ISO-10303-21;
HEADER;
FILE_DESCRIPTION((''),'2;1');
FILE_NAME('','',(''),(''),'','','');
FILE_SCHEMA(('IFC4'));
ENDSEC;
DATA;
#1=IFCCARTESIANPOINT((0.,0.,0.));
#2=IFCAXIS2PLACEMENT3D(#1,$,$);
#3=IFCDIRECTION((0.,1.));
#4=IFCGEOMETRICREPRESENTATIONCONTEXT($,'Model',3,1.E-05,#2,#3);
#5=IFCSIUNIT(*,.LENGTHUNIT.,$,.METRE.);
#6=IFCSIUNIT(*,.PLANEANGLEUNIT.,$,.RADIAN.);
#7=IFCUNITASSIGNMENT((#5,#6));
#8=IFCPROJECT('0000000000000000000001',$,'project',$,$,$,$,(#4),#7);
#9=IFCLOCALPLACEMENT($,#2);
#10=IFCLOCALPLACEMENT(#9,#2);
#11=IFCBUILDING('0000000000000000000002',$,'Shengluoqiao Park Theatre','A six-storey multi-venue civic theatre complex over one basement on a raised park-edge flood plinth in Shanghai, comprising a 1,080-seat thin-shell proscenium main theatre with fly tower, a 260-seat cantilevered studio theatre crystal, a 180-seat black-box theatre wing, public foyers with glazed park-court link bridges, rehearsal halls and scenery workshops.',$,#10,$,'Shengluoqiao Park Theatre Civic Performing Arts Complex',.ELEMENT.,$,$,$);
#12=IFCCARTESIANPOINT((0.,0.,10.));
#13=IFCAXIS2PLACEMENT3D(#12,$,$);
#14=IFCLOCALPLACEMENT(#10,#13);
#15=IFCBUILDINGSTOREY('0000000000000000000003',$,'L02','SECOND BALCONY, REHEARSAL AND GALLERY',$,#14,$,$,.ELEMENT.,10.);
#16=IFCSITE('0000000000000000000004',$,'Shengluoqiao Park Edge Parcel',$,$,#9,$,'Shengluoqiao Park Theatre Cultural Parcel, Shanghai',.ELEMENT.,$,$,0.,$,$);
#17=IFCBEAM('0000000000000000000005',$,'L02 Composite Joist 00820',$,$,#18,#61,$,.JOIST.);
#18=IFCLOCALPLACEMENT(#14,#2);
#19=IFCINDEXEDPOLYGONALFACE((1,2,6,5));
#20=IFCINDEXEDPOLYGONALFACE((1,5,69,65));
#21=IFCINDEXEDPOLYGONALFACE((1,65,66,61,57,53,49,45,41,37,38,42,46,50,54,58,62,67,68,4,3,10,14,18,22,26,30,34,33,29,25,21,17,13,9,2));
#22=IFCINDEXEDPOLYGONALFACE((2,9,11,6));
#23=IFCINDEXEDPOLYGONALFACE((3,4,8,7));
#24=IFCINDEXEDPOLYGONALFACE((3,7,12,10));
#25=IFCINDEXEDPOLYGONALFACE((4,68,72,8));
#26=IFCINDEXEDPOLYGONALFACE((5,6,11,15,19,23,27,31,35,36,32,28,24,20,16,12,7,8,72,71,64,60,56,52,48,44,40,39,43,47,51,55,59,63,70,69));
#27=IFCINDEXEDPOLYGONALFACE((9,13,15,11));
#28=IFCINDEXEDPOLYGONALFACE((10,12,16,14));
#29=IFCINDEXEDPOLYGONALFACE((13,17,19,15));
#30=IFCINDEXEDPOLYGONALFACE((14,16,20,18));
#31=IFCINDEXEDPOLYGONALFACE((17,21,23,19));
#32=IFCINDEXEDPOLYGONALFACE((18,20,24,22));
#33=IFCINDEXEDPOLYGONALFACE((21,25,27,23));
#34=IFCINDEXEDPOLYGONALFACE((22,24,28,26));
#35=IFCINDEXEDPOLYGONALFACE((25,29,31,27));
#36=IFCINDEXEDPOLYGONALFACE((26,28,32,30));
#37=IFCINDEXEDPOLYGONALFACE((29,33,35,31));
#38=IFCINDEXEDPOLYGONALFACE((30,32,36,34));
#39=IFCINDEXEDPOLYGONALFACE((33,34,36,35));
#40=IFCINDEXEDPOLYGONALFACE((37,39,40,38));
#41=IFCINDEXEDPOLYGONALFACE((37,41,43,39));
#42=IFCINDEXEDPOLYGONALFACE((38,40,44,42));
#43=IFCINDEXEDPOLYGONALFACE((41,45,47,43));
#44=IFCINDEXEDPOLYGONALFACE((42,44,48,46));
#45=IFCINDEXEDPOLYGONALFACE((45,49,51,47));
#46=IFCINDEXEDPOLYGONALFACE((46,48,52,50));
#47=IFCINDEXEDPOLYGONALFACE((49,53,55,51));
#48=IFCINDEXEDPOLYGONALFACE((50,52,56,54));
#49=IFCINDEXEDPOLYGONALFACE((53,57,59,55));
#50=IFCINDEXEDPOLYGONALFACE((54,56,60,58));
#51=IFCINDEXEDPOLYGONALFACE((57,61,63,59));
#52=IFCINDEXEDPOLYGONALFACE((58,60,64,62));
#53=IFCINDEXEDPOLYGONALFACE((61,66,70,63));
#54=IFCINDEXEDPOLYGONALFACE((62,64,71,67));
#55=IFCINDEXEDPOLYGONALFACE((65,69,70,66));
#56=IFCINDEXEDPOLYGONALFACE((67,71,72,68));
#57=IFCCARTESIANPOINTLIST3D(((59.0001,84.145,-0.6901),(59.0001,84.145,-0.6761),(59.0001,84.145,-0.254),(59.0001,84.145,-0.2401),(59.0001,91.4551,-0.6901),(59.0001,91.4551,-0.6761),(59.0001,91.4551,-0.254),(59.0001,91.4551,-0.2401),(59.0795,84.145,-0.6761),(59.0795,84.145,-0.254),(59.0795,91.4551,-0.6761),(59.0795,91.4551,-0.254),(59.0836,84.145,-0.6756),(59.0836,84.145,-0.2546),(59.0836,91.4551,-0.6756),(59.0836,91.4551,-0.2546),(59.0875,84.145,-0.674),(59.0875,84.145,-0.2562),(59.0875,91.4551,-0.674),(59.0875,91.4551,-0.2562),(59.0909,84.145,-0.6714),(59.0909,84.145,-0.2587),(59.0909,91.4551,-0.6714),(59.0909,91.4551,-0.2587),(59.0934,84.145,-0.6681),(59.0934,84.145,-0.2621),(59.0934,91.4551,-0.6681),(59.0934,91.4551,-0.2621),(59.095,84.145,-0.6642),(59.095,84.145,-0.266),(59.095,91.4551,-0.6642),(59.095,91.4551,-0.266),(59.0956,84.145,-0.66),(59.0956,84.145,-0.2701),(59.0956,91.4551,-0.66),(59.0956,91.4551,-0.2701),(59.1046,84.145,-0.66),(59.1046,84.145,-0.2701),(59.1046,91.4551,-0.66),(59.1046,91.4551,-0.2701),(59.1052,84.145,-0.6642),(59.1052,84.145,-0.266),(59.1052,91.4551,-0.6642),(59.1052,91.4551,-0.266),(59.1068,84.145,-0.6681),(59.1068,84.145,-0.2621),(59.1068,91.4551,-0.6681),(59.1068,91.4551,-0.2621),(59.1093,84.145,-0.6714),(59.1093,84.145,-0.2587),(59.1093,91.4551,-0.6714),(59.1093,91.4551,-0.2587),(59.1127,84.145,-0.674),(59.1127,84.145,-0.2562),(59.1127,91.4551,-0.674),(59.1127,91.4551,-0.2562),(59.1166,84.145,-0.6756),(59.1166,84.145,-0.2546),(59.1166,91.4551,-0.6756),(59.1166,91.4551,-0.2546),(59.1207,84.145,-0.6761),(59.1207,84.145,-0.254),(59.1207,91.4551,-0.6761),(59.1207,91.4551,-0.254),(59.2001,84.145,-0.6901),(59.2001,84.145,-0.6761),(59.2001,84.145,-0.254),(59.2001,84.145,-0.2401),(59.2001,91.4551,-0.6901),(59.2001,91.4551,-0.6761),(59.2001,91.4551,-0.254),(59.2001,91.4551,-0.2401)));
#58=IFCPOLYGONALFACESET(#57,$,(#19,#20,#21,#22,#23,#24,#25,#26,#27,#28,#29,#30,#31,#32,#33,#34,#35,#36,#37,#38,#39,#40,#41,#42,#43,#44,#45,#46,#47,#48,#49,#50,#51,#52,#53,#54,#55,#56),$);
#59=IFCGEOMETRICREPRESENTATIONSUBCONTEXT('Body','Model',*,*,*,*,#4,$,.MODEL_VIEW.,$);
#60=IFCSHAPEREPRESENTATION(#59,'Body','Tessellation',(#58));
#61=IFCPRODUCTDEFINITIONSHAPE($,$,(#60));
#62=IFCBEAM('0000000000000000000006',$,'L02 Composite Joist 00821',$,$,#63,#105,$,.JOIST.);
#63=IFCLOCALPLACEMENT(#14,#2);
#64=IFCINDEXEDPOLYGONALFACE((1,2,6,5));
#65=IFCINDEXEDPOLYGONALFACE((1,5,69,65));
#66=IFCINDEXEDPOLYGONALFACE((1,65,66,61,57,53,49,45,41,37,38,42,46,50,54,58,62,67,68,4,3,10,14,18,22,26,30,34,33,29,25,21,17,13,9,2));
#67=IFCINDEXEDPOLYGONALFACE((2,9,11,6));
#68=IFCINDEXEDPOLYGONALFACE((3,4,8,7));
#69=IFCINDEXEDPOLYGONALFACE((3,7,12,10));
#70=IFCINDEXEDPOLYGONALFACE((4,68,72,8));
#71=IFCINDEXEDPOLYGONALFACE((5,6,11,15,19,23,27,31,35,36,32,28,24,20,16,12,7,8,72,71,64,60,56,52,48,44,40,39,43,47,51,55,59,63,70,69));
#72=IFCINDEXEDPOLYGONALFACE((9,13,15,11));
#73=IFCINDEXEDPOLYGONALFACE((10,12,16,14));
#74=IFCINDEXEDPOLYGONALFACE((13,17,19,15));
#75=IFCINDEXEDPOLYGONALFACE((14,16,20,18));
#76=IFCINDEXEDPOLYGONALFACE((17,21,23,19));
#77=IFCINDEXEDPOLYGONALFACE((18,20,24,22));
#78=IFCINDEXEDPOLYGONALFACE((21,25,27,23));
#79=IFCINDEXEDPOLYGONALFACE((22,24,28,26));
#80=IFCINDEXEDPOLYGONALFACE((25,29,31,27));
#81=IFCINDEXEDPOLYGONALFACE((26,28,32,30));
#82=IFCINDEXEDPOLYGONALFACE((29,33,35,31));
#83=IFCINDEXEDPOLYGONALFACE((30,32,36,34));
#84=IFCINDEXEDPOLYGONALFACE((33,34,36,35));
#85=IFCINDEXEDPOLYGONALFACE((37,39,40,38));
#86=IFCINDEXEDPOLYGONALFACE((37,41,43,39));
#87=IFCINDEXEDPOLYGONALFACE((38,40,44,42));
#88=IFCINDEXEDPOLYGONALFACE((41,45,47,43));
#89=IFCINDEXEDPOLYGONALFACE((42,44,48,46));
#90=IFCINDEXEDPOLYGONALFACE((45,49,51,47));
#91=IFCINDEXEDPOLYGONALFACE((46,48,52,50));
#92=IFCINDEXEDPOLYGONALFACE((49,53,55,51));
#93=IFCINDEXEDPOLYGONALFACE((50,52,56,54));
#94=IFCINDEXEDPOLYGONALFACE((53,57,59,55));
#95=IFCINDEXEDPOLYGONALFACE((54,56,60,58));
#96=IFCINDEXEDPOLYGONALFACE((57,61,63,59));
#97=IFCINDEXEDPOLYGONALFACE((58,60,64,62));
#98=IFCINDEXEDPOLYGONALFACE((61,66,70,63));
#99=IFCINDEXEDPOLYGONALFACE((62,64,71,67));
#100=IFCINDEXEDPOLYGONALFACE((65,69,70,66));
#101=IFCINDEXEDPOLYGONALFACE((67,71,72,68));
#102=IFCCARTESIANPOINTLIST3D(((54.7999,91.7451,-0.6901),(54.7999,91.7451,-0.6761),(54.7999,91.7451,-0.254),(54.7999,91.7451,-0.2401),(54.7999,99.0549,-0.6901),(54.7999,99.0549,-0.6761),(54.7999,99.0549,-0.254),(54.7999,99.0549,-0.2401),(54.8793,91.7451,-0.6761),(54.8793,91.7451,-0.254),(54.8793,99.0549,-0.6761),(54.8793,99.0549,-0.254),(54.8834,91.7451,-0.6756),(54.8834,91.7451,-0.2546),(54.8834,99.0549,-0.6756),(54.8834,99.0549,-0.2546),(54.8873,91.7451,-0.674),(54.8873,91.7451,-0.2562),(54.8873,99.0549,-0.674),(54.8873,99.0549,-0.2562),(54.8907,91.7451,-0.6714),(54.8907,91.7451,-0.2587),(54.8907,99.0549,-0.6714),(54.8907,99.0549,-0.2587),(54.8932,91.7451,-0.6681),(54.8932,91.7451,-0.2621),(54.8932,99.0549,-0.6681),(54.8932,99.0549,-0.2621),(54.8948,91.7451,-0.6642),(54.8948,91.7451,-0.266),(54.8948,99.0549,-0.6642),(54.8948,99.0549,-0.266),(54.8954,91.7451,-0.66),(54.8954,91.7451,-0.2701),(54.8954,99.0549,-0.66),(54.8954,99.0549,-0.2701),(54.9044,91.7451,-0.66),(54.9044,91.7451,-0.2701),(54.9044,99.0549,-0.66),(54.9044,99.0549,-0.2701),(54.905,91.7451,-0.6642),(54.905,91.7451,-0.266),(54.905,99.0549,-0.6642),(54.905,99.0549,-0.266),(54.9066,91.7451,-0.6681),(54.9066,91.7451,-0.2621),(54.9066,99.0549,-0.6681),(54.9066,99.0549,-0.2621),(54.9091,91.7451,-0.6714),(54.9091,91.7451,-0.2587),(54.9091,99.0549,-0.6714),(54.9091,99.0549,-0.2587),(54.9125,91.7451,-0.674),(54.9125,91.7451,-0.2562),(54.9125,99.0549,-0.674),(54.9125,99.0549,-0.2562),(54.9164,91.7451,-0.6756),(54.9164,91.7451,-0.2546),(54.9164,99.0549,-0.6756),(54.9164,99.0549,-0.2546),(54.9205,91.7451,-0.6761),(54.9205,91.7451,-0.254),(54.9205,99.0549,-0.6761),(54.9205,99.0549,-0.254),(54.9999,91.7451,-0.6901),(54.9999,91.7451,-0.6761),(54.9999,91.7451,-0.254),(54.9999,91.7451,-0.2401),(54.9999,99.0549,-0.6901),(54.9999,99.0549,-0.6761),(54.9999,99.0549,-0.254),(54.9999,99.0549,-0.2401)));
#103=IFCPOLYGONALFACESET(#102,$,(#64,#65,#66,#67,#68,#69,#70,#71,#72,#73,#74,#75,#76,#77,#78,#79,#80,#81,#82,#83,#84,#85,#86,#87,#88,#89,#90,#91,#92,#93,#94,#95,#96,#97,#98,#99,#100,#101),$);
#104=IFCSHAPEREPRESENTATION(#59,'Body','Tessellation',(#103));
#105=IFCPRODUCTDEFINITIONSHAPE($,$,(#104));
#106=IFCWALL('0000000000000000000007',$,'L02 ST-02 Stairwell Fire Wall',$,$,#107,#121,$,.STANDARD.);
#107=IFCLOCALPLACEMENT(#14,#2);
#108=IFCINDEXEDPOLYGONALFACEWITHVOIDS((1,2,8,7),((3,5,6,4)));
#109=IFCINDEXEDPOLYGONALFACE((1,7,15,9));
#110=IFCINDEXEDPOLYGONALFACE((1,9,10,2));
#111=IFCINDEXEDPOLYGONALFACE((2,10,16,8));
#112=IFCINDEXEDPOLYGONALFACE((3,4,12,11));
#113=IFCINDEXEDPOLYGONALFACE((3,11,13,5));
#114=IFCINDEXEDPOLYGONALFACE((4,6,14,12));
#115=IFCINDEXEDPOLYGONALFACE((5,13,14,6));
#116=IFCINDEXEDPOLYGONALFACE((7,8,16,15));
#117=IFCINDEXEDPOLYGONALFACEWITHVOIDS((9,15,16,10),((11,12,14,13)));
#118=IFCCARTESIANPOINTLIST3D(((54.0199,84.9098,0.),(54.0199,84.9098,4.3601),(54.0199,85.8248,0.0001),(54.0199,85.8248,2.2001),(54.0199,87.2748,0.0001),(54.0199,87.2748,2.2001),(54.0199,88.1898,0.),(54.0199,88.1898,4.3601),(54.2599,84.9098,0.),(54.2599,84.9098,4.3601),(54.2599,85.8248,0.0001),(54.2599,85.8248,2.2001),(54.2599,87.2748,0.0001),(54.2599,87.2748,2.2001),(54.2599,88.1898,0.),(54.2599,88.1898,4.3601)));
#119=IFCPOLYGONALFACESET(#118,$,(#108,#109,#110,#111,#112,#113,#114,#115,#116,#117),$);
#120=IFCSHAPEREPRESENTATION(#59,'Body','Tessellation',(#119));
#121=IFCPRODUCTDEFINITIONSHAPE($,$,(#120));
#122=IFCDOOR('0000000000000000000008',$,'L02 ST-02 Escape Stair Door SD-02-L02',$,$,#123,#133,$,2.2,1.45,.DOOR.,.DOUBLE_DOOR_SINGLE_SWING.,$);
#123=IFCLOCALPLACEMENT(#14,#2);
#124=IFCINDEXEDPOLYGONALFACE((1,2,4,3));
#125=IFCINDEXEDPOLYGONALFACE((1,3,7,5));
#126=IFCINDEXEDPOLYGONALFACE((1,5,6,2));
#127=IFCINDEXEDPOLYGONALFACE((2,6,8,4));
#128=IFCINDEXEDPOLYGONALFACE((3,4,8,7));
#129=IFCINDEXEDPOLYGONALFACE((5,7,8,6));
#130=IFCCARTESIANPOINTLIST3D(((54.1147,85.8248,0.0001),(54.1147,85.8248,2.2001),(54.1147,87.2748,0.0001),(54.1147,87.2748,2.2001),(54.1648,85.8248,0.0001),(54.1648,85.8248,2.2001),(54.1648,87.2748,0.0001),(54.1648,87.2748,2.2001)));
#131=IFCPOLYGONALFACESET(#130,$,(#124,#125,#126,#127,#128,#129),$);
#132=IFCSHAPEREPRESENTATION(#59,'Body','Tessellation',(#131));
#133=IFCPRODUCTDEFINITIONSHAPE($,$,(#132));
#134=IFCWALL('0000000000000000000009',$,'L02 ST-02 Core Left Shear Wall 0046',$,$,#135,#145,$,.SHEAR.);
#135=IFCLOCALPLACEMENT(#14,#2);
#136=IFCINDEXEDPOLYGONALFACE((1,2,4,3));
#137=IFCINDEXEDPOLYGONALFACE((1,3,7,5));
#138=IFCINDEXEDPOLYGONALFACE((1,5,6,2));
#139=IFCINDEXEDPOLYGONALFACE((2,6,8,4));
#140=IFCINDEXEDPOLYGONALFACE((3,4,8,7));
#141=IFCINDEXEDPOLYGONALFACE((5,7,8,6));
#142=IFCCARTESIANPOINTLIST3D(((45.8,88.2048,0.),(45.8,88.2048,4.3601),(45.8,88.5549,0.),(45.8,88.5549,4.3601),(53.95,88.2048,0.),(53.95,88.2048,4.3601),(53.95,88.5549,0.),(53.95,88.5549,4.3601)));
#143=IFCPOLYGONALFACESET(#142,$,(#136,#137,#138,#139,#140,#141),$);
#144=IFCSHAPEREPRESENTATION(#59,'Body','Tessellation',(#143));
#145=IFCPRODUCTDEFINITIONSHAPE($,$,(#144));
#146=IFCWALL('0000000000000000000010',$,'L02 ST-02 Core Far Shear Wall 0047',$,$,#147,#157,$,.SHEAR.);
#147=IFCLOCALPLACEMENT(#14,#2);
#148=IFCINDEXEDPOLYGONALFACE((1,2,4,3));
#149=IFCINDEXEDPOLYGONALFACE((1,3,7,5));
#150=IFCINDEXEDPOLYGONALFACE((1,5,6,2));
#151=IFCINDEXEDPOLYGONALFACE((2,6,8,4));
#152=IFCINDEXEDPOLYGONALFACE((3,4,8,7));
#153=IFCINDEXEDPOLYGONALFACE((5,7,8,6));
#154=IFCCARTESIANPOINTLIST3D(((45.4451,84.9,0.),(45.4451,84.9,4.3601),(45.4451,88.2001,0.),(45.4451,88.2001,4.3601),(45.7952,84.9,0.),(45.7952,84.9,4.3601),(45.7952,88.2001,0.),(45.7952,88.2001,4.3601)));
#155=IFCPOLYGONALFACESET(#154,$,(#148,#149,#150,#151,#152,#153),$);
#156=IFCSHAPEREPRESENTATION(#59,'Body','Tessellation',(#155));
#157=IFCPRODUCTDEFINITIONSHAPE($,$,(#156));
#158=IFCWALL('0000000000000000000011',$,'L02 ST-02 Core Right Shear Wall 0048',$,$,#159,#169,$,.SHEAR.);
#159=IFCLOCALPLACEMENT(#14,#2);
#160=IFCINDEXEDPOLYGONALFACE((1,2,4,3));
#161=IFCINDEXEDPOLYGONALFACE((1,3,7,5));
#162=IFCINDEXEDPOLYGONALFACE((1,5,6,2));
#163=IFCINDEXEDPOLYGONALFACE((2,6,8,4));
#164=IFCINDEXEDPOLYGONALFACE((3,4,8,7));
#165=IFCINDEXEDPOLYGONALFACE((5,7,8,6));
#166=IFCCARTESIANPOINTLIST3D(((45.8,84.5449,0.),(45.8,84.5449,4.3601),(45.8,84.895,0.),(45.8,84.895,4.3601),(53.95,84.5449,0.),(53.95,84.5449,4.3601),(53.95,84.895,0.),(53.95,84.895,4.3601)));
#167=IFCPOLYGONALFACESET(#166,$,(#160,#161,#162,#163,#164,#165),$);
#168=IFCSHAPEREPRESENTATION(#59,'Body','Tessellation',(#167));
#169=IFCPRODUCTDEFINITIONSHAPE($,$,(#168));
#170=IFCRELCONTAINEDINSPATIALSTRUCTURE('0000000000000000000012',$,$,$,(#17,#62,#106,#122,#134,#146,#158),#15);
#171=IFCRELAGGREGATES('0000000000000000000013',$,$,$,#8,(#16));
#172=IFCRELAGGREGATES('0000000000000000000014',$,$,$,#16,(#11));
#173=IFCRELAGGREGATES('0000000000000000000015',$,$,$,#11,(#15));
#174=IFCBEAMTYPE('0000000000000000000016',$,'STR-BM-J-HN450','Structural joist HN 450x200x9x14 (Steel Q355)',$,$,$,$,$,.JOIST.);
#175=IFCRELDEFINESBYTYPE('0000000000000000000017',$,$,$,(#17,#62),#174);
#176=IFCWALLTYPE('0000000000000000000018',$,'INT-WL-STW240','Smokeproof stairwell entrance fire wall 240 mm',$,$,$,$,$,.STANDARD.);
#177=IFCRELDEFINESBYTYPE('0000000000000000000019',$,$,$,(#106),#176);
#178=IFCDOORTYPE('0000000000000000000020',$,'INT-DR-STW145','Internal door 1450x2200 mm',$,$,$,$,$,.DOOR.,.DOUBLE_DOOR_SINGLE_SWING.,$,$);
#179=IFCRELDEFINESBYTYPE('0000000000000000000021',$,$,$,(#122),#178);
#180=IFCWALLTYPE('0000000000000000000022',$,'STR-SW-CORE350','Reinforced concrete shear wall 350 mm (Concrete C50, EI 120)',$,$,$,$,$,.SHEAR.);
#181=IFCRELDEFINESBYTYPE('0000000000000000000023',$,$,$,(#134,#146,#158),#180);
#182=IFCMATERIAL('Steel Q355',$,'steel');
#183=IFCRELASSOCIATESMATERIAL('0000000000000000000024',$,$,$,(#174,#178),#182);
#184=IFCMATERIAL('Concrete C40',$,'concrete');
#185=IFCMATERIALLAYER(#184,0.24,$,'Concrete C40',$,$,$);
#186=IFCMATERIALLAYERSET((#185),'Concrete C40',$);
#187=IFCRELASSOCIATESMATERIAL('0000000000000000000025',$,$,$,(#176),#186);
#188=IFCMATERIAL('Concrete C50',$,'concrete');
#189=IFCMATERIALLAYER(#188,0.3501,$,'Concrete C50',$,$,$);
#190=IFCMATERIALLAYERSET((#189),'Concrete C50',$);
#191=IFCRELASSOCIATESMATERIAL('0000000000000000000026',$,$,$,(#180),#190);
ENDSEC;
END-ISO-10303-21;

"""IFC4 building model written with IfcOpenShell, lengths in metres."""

from ifc_helpers import new_model, si_unit, direction, frame, frame_2d, origin, origin_2d, place, context, subcontext, project, spatial, rectangle, i_section, extrude, material, layer, layer_set, material_profile, profile_set, type_object, element, fill, save


model = new_model("IFC4")

# Units and contexts
model_context = context("Model", 3, precision=1e-05, world=origin(), true_north=direction((0.0, 1.0)))
body_context = subcontext(model_context, "Body", "Model", "MODEL_VIEW")
ifc_project = project(units=[si_unit("LENGTHUNIT", "METRE"), si_unit("PLANEANGLEUNIT", "RADIAN")], contexts=[model_context])

# Site, building, storey
site_placement = place(None, origin())
site = spatial("IfcSite", under=ifc_project, at=site_placement, Name="Shengluoqiao Park Edge Parcel", LongName="Shengluoqiao Park Theatre Cultural Parcel, Shanghai", CompositionType="ELEMENT", RefElevation=0.0)
building_placement = place(site_placement, origin())
building = spatial("IfcBuilding", under=site, at=building_placement, Name="Shengluoqiao Park Theatre", Description="A six-storey multi-venue civic theatre complex over one basement on a raised park-edge flood plinth in Shanghai, comprising a 1,080-seat thin-shell proscenium main theatre with fly tower, a 260-seat cantilevered studio theatre crystal, a 180-seat black-box theatre wing, public foyers with glazed park-court link bridges, rehearsal halls and scenery workshops.", LongName="Shengluoqiao Park Theatre Civic Performing Arts Complex", CompositionType="ELEMENT")
storey_placement = place(building_placement, frame((0.0, 0.0, 10.0)))
storey = spatial("IfcBuildingStorey", under=building, at=storey_placement, Name="L02", Description="SECOND BALCONY, REHEARSAL AND GALLERY", CompositionType="ELEMENT", Elevation=10.0)

# Shared definitions
ifc_material_1 = material(Name="Concrete C50", Category="concrete")

# Beams
ifc_material_2 = material(Name="Steel Q355", Category="steel")
ifc_material_profile_1 = material_profile(ifc_material_2, i_section(OverallWidth=0.2, OverallDepth=0.45, WebThickness=0.009, FlangeThickness=0.0139, FilletRadius=0.0161, at=origin_2d()), Name="HN 450x200x9x14")
ifc_profile_set_1 = profile_set([ifc_material_profile_1], Name="Steel Q355")
beam_type_1 = type_object("IfcBeamType", Name="STR-BM-J-HN450", Description="Structural joist HN 450x200x9x14 (Steel Q355)", PredefinedType="JOIST", material=ifc_profile_set_1)
for number, where, z_axis, x_axis, name in (
    (1, (59.1001, 84.145, -0.4651), (0.0, 1.0, 0.0), (-1.0, 0.0, 0.0), "L02 Composite Joist 00820"),
):
    element("IfcBeam", number, at=place(storey_placement, frame(where, z_axis=z_axis, x_axis=x_axis)), inside=storey, type_object=beam_type_1, Name=name, PredefinedType="JOIST", context=body_context, shape_type="SweptSolid", body=[
        extrude(i_section(OverallWidth=0.2, OverallDepth=0.45, WebThickness=0.009, FlangeThickness=0.0139, FilletRadius=0.0161, at=origin_2d()), origin(), (0.0, 0.0, 1.0), 7.3101),
    ])
beam_1_placement = place(storey_placement, frame((54.8999, 91.7451, -0.4651), z_axis=(0.0, 1.0, 0.0), x_axis=(-1.0, 0.0, 0.0)))
element("IfcBeam", 2, at=beam_1_placement, inside=storey, type_object=beam_type_1, Name="L02 Composite Joist 00821", PredefinedType="JOIST", context=body_context, shape_type="SweptSolid", body=[
    extrude(i_section(OverallWidth=0.2, OverallDepth=0.45, WebThickness=0.009, FlangeThickness=0.0139, FilletRadius=0.0161, at=origin_2d()), origin(), (0.0, 0.0, 1.0), 7.3098),
])

# Wall, opening, door
ifc_material_3 = material(Name="Concrete C40", Category="concrete")
ifc_layer_1 = layer(ifc_material_3, 0.24, Name="Concrete C40")
ifc_layer_set_1 = layer_set([ifc_layer_1], Name="Concrete C40")
wall_type_1 = type_object("IfcWallType", Name="INT-WL-STW240", Description="Smokeproof stairwell entrance fire wall 240 mm", PredefinedType="STANDARD", material=ifc_layer_set_1)
wall_1_placement = place(storey_placement, frame((54.1399, 88.1899, 0.0), z_axis=(0.0, 0.0, 1.0), x_axis=(0.0, -1.0, 0.0)))
wall_1 = element("IfcWall", 3, at=wall_1_placement, inside=storey, type_object=wall_type_1, Name="L02 ST-02 Stairwell Fire Wall", PredefinedType="STANDARD", context=body_context, shape_type="SweptSolid", body=[
    extrude(rectangle(XDim=3.28, YDim=0.24, at=frame_2d((1.6401, 0.0))), origin(), (0.0, 0.0, 1.0), 4.3601),
])
opening_placement = place(wall_1_placement, frame((0.915, 0.0, 0.0)))
opening = element("IfcOpeningElement", 4, at=opening_placement, cuts=wall_1, PredefinedType="OPENING", context=body_context, shape_type="SweptSolid", body=[
    extrude(rectangle(XDim=1.45, YDim=2.2, at=frame_2d((0.7251, 1.1001))), frame((0.0, 0.1299, 0.0), z_axis=(0.0, -1.0, 0.0), x_axis=(1.0, 0.0, 0.0)), (0.0, 0.0, 1.0), 0.26),
])
door_type = type_object("IfcDoorType", Name="INT-DR-STW145", Description="Internal door 1450x2200 mm", OperationType="DOUBLE_DOOR_SINGLE_SWING", PredefinedType="DOOR", material=ifc_material_2)
door_placement = place(opening_placement, origin())
door = element("IfcDoor", 5, at=door_placement, inside=storey, type_object=door_type, Name="L02 ST-02 Escape Stair Door SD-02-L02", OperationType="DOUBLE_DOOR_SINGLE_SWING", OverallHeight=2.2, OverallWidth=1.45, PredefinedType="DOOR", context=body_context, shape_type="SweptSolid", body=[
    extrude(rectangle(XDim=1.45, YDim=2.2, at=frame_2d((0.7251, 1.1001))), frame((0.0, 0.0249, 0.0), z_axis=(0.0, -1.0, 0.0), x_axis=(1.0, 0.0, 0.0)), (0.0, 0.0, 1.0), 0.05),
])
fill(opening, door)

# Walls
ifc_layer_2 = layer(ifc_material_1, 0.3501, Name="Concrete C50")
ifc_layer_set_2 = layer_set([ifc_layer_2], Name="Concrete C50")
wall_type_2 = type_object("IfcWallType", Name="STR-SW-CORE350", Description="Reinforced concrete shear wall 350 mm (Concrete C50, EI 120)", PredefinedType="SHEAR", material=ifc_layer_set_2)
wall_2_placement = place(storey_placement, frame((53.95, 88.3799, 0.0), z_axis=(0.0, 0.0, 1.0), x_axis=(-1.0, 0.0, 0.0)))
element("IfcWall", 6, at=wall_2_placement, inside=storey, type_object=wall_type_2, Name="L02 ST-02 Core Left Shear Wall 0046", PredefinedType="SHEAR", context=body_context, shape_type="SweptSolid", body=[
    extrude(rectangle(XDim=8.1499, YDim=0.3501, at=frame_2d((4.075, 0.0))), origin(), (0.0, 0.0, 1.0), 4.3601),
])
wall_3_placement = place(storey_placement, frame((45.6201, 88.2, 0.0), z_axis=(0.0, 0.0, 1.0), x_axis=(0.0, -1.0, 0.0)))
element("IfcWall", 7, at=wall_3_placement, inside=storey, type_object=wall_type_2, Name="L02 ST-02 Core Far Shear Wall 0047", PredefinedType="SHEAR", context=body_context, shape_type="SweptSolid", body=[
    extrude(rectangle(XDim=3.3, YDim=0.3501, at=frame_2d((1.6499, 0.0))), origin(), (0.0, 0.0, 1.0), 4.3601),
])
wall_4_placement = place(storey_placement, frame((45.8, 84.72, 0.0), z_axis=(0.0, 0.0, 1.0), x_axis=(1.0, 0.0, 0.0)))
element("IfcWall", 8, at=wall_4_placement, inside=storey, type_object=wall_type_2, Name="L02 ST-02 Core Right Shear Wall 0048", PredefinedType="SHEAR", context=body_context, shape_type="SweptSolid", body=[
    extrude(rectangle(XDim=8.1499, YDim=0.3501, at=frame_2d((4.075, 0.0))), origin(), (0.0, 0.0, 1.0), 4.3601),
])

save(model, "model.ifc")
